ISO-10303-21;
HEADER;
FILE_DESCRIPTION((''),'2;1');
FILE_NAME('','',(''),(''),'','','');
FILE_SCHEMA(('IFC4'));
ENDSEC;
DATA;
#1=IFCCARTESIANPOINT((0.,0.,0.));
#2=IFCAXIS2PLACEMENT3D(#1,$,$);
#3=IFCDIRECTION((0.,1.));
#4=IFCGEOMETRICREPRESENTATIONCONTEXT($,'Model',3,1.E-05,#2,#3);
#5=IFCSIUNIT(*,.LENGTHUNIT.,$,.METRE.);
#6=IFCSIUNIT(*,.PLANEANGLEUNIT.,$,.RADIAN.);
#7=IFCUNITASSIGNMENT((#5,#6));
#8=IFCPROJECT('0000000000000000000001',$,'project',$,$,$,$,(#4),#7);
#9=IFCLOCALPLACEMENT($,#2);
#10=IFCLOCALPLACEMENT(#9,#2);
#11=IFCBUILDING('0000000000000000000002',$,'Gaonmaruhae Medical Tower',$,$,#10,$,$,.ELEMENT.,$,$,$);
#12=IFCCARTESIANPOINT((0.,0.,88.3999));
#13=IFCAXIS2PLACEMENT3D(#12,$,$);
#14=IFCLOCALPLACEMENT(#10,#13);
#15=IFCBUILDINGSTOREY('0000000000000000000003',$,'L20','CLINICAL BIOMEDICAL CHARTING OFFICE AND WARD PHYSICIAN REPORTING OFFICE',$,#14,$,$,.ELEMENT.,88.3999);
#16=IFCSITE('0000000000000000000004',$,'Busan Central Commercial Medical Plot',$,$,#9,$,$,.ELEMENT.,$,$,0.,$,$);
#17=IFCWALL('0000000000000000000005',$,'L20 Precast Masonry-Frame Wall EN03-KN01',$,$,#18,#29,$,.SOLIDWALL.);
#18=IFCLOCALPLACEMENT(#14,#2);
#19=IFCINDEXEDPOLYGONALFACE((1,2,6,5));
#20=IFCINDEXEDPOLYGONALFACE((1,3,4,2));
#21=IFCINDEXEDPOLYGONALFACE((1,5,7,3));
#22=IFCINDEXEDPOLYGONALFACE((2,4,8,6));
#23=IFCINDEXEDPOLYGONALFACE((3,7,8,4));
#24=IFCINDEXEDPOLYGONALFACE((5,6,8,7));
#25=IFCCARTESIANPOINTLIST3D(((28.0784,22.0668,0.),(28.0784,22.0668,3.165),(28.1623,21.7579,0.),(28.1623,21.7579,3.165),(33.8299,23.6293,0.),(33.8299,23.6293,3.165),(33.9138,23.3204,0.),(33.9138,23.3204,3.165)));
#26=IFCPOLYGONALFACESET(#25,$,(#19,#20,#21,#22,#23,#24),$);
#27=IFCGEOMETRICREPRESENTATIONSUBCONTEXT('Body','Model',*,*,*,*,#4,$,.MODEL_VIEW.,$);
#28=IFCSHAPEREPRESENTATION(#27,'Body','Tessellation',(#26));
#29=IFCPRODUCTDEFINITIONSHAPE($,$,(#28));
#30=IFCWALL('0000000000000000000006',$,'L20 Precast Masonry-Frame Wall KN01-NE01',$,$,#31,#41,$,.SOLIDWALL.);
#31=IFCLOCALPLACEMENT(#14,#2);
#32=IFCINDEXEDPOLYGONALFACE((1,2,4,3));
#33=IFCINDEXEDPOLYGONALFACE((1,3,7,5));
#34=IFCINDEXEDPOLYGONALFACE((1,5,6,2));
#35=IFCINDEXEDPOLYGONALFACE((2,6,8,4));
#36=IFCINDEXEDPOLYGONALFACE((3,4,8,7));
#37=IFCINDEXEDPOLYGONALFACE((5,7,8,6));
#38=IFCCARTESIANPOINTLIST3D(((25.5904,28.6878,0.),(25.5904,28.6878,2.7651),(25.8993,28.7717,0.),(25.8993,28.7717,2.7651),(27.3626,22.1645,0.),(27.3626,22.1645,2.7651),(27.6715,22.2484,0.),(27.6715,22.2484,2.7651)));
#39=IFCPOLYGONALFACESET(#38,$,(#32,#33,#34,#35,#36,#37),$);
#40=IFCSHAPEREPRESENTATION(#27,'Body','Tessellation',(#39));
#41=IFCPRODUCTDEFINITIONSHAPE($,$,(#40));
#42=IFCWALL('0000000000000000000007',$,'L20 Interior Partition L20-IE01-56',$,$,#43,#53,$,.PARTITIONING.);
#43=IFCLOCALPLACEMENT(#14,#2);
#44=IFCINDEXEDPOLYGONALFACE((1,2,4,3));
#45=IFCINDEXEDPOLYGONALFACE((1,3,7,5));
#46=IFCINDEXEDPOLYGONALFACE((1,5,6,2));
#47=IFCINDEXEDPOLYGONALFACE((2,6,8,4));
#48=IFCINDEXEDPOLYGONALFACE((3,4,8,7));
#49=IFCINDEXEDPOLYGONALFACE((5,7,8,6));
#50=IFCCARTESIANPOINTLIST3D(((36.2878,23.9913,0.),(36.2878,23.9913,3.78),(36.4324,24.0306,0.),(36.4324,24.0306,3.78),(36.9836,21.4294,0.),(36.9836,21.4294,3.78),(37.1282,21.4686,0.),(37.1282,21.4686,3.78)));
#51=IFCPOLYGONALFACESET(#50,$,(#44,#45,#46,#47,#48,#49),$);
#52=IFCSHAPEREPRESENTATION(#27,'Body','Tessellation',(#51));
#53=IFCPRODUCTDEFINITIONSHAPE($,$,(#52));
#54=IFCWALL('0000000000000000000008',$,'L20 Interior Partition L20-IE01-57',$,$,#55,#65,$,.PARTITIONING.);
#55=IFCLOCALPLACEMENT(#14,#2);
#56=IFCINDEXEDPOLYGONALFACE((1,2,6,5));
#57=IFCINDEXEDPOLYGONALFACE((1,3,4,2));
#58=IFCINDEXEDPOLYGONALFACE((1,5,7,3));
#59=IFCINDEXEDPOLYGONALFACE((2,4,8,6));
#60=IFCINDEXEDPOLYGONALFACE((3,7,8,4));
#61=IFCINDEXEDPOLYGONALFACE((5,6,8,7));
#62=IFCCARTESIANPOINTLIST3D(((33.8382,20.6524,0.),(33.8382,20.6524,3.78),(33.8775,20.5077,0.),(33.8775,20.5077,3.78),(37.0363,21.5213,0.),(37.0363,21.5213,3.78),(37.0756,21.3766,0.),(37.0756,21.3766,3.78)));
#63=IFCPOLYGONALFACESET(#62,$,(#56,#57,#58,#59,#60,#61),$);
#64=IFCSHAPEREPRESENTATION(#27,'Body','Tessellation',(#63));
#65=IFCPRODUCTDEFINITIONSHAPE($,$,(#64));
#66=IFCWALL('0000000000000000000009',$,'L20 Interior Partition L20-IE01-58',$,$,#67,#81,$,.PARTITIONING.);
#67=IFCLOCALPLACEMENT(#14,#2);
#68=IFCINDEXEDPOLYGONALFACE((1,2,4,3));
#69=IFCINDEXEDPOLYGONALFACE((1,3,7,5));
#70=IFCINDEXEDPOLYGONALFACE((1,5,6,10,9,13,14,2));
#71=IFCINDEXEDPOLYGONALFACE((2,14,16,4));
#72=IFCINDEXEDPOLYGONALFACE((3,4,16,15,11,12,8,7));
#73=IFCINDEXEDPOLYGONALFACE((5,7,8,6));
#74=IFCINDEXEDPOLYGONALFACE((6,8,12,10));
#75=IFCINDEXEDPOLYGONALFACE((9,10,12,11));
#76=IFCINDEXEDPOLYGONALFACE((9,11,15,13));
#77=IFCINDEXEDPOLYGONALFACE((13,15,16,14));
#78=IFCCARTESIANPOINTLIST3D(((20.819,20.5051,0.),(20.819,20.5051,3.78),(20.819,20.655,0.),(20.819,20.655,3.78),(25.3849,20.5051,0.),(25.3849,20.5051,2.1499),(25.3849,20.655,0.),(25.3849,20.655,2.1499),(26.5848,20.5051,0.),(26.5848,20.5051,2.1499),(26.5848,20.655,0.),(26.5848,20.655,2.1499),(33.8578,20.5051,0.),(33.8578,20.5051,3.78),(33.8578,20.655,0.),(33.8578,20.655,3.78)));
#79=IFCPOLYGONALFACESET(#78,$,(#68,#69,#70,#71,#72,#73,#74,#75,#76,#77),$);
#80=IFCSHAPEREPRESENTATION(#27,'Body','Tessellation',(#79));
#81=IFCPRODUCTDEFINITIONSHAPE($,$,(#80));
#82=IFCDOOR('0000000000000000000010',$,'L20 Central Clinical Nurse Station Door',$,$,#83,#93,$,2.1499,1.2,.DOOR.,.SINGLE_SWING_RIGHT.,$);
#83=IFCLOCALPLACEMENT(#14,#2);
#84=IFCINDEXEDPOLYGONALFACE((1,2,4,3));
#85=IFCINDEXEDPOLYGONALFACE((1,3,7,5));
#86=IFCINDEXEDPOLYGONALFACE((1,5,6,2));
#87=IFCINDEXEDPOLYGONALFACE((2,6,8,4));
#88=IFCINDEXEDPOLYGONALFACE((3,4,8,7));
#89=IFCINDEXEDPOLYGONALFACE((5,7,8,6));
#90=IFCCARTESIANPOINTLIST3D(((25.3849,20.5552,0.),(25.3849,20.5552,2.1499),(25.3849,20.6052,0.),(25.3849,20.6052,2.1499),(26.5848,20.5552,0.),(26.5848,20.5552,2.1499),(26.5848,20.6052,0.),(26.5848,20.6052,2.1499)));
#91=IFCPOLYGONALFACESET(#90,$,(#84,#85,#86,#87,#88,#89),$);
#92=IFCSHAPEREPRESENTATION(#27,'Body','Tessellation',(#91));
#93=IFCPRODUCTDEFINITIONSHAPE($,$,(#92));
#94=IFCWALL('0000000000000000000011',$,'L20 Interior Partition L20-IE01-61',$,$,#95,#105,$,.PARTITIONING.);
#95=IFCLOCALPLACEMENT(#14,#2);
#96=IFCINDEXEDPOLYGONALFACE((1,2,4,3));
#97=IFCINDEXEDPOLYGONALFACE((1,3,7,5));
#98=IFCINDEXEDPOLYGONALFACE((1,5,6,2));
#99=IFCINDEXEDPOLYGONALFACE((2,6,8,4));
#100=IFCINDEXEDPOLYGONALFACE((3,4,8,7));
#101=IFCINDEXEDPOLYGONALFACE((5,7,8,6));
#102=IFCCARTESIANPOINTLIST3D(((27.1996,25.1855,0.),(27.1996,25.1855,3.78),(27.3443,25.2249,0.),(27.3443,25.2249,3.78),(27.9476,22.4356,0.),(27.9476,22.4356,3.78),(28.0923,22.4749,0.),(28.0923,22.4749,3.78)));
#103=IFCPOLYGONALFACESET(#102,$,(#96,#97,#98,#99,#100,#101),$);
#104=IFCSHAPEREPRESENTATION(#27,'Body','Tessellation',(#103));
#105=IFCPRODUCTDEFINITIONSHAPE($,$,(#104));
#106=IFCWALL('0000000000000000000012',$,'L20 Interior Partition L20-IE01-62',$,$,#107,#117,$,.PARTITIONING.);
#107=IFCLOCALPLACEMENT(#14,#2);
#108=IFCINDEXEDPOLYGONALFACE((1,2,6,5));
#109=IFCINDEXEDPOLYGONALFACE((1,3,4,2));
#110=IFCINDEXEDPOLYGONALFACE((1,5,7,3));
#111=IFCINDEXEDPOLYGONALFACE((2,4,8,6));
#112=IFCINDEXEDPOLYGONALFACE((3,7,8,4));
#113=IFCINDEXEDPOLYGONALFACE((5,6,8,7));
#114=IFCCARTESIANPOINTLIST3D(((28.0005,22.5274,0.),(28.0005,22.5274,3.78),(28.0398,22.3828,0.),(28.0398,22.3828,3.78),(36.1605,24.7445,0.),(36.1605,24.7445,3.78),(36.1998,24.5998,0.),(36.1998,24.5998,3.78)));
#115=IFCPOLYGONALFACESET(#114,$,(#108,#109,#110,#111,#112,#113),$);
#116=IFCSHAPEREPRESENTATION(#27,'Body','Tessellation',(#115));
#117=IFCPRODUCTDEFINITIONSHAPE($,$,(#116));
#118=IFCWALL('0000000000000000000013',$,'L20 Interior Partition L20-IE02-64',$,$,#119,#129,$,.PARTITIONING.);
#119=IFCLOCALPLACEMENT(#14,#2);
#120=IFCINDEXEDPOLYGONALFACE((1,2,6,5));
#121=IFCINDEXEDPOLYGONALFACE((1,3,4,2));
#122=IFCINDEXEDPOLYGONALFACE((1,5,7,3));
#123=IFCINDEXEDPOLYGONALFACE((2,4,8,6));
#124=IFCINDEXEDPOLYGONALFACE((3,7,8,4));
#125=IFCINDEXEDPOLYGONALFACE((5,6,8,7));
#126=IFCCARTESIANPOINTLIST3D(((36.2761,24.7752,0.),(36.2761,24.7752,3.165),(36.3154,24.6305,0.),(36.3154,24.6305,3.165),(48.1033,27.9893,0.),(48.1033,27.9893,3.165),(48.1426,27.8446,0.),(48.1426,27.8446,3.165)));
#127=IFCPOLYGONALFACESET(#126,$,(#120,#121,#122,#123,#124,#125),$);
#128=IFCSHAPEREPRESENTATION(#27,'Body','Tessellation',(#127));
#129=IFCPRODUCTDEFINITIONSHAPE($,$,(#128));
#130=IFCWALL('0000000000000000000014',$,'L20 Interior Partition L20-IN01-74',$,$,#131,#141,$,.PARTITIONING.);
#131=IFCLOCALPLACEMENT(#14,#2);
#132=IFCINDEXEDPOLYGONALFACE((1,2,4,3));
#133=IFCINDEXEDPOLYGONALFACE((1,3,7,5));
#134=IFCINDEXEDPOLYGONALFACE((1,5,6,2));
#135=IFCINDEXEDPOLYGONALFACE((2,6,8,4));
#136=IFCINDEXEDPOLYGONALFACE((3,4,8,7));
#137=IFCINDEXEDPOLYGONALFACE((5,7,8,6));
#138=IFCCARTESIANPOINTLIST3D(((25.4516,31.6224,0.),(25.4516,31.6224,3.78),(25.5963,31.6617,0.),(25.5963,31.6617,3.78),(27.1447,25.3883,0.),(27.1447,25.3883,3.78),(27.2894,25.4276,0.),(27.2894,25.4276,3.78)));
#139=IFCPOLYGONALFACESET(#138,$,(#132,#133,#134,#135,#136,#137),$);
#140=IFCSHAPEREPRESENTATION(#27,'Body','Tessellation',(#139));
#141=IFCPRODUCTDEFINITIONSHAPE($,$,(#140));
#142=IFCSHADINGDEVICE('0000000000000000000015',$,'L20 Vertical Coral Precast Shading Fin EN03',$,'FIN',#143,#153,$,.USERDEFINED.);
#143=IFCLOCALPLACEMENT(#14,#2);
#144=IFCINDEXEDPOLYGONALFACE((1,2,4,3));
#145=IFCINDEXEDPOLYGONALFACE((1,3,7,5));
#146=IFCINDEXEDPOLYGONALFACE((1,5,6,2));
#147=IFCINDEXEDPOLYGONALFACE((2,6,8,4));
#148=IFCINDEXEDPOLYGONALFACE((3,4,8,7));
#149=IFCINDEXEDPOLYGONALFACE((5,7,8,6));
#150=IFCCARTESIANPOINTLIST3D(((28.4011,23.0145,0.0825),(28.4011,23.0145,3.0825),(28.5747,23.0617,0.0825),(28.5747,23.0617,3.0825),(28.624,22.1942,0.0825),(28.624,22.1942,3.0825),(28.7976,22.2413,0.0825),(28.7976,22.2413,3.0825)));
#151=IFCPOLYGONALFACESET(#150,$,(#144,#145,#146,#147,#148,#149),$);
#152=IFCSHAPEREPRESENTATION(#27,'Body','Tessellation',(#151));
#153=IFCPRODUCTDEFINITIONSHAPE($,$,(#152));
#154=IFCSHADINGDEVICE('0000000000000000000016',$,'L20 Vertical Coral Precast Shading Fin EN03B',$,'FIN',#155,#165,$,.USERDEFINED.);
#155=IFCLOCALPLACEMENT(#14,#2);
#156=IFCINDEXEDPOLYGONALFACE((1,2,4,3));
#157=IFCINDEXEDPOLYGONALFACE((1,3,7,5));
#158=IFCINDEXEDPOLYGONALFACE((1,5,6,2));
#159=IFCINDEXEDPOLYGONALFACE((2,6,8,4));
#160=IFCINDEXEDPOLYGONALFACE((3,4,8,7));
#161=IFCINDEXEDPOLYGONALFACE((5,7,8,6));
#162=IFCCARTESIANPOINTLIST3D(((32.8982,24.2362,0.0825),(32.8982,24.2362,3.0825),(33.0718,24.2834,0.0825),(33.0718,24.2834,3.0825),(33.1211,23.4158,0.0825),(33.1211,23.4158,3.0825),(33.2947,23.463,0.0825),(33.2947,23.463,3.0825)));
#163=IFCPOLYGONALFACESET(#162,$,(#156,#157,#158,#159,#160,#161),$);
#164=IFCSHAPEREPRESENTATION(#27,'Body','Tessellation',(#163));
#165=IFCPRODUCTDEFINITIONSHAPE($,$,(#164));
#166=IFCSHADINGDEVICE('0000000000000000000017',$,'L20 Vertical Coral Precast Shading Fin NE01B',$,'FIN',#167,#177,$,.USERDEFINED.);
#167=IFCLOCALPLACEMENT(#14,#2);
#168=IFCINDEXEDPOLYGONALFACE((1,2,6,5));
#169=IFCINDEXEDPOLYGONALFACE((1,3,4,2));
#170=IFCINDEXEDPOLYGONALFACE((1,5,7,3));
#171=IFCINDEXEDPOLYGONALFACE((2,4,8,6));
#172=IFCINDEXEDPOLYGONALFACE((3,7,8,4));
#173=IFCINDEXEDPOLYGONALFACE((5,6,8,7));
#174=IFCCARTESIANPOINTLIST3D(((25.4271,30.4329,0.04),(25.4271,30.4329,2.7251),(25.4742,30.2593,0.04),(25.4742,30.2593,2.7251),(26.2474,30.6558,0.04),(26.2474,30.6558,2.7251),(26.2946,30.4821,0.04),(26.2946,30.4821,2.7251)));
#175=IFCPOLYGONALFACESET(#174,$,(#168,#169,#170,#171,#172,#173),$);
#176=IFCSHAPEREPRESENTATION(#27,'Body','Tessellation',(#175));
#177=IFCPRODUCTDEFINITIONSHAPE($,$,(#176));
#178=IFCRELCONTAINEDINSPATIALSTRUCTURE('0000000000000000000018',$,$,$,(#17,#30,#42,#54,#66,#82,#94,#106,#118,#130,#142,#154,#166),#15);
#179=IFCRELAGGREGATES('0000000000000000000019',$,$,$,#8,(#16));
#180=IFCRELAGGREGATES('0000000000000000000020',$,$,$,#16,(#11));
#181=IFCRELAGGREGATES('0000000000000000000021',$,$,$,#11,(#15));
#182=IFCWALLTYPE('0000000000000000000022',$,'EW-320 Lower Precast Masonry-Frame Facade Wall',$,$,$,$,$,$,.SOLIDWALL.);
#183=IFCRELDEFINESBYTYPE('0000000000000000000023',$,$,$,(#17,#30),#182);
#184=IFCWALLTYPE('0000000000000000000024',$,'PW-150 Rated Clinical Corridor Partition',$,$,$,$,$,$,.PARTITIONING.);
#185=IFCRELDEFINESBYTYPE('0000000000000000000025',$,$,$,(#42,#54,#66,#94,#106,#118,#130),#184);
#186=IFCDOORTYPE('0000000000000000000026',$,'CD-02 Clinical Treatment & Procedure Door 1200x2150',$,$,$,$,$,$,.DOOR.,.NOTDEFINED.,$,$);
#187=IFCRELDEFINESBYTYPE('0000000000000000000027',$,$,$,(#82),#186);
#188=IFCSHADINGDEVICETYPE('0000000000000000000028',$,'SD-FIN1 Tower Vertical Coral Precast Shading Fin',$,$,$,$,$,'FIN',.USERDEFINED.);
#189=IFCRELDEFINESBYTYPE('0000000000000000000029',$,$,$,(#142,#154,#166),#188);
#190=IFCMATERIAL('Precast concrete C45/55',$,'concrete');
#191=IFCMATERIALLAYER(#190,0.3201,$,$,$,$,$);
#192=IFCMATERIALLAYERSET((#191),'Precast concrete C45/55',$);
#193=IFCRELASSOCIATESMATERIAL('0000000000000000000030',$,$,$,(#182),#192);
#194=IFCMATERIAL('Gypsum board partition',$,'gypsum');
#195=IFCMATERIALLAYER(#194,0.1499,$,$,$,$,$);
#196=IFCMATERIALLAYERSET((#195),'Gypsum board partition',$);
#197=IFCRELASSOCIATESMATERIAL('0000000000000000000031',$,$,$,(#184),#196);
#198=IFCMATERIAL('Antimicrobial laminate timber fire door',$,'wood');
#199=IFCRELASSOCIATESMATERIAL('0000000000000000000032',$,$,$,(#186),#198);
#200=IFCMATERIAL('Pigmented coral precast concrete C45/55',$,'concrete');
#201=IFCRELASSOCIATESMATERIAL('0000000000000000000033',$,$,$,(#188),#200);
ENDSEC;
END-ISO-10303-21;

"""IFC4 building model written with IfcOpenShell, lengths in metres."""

from ifc_helpers import new_model, si_unit, direction, frame, frame_2d, origin, origin_2d, place, context, subcontext, project, spatial, rectangle, extrude, material, layer, layer_set, type_object, element, fill, save


model = new_model("IFC4")

# Units and contexts
model_context = context("Model", 3, precision=1e-05, world=origin(), true_north=direction((0.0, 1.0)))
body_context = subcontext(model_context, "Body", "Model", "MODEL_VIEW")
ifc_project = project(units=[si_unit("LENGTHUNIT", "METRE"), si_unit("PLANEANGLEUNIT", "RADIAN")], contexts=[model_context])

# Site, building, storey
site_placement = place(None, origin())
site = spatial("IfcSite", under=ifc_project, at=site_placement, Name="Busan Central Commercial Medical Plot", CompositionType="ELEMENT", RefElevation=0.0)
building_placement = place(site_placement, origin())
building = spatial("IfcBuilding", under=site, at=building_placement, Name="Gaonmaruhae Medical Tower", CompositionType="ELEMENT")
storey_placement = place(building_placement, frame((0.0, 0.0, 88.3999)))
storey = spatial("IfcBuildingStorey", under=building, at=storey_placement, Name="L20", Description="CLINICAL BIOMEDICAL CHARTING OFFICE AND WARD PHYSICIAN REPORTING OFFICE", CompositionType="ELEMENT", Elevation=88.3999)

# Shared definitions
ifc_material_1 = material(Name="Precast concrete C45/55", Category="concrete")
ifc_layer_1 = layer(ifc_material_1, 0.3201)
ifc_layer_set_1 = layer_set([ifc_layer_1], Name="Precast concrete C45/55")
wall_type_1 = type_object("IfcWallType", Name="EW-320 Lower Precast Masonry-Frame Facade Wall", PredefinedType="SOLIDWALL", material=ifc_layer_set_1)

# Walls
wall_1_placement = place(storey_placement, frame((28.1204, 21.9124, 0.0), z_axis=(0.0, 0.0, 1.0), x_axis=(0.965022, 0.262168, 0.0)))
element("IfcWall", 1, at=wall_1_placement, inside=storey, type_object=wall_type_1, Name="L20 Precast Masonry-Frame Wall EN03-KN01", PredefinedType="SOLIDWALL", context=body_context, shape_type="SweptSolid", body=[
    extrude(rectangle(XDim=5.96, YDim=0.3201, at=frame_2d((2.98, 0.0))), origin(), (0.0, 0.0, 1.0), 3.165),
])
wall_2_placement = place(storey_placement, frame((25.7449, 28.7297, 0.0), z_axis=(0.0, 0.0, 1.0), x_axis=(0.262167, -0.965023, 0.0)))
element("IfcWall", 2, at=wall_2_placement, inside=storey, type_object=wall_type_1, Name="L20 Precast Masonry-Frame Wall KN01-NE01", PredefinedType="SOLIDWALL", context=body_context, shape_type="SweptSolid", body=[
    extrude(rectangle(XDim=6.7598, YDim=0.3201, at=frame_2d((3.3799, 0.0))), origin(), (0.0, 0.0, 1.0), 2.7651),
])

# Shared definitions
ifc_material_2 = material(Name="Gypsum board partition", Category="gypsum")
ifc_layer_2 = layer(ifc_material_2, 0.1499)
ifc_layer_set_2 = layer_set([ifc_layer_2], Name="Gypsum board partition")
wall_type_2 = type_object("IfcWallType", Name="PW-150 Rated Clinical Corridor Partition", PredefinedType="PARTITIONING", material=ifc_layer_set_2)
ifc_material_3 = material(Name="Antimicrobial laminate timber fire door", Category="wood")
door_type = type_object("IfcDoorType", Name="CD-02 Clinical Treatment & Procedure Door 1200x2150", OperationType="NOTDEFINED", PredefinedType="DOOR", material=ifc_material_3)

# Walls
wall_3_placement = place(storey_placement, frame((36.3601, 24.011, 0.0), z_axis=(0.0, 0.0, 1.0), x_axis=(0.26209, -0.965043, 0.0)))
element("IfcWall", 3, at=wall_3_placement, inside=storey, type_object=wall_type_2, Name="L20 Interior Partition L20-IE01-56", PredefinedType="PARTITIONING", context=body_context, shape_type="SweptSolid", body=[
    extrude(rectangle(XDim=2.6548, YDim=0.1499, at=frame_2d((1.3274, 0.0))), origin(), (0.0, 0.0, 1.0), 3.78),
])
wall_4_placement = place(storey_placement, frame((37.0559, 21.449, 0.0), z_axis=(0.0, 0.0, 1.0), x_axis=(-0.965015, -0.262195, 0.0)))
element("IfcWall", 4, at=wall_4_placement, inside=storey, type_object=wall_type_2, Name="L20 Interior Partition L20-IE01-57", PredefinedType="PARTITIONING", context=body_context, shape_type="SweptSolid", body=[
    extrude(rectangle(XDim=3.314, YDim=0.1499, at=frame_2d((1.657, 0.0))), origin(), (0.0, 0.0, 1.0), 3.78),
])

# Wall, opening, door
wall_5_placement = place(storey_placement, frame((33.8579, 20.5801, 0.0), z_axis=(0.0, 0.0, 1.0), x_axis=(-1.0, 0.0, 0.0)))
wall_5 = element("IfcWall", 5, at=wall_5_placement, inside=storey, type_object=wall_type_2, Name="L20 Interior Partition L20-IE01-58", PredefinedType="PARTITIONING", context=body_context, shape_type="SweptSolid", body=[
    extrude(rectangle(XDim=13.0388, YDim=0.1499, at=frame_2d((6.5195, 0.0))), origin(), (0.0, 0.0, 1.0), 3.78),
])
opening_1_placement = place(wall_5_placement, frame((7.2729, 0.0, 0.0)))
opening_1 = element("IfcOpeningElement", 6, at=opening_1_placement, cuts=wall_5, PredefinedType="OPENING", context=body_context, shape_type="SweptSolid", body=[
    extrude(rectangle(XDim=1.2, YDim=2.1499, at=frame_2d((0.6001, 1.075))), frame((0.0, 0.085, 0.0), z_axis=(0.0, -1.0, 0.0), x_axis=(1.0, 0.0, 0.0)), (0.0, 0.0, 1.0), 0.1699),
])
door_1_placement = place(opening_1_placement, origin())
door_1 = element("IfcDoor", 7, at=door_1_placement, inside=storey, type_object=door_type, Name="L20 Central Clinical Nurse Station Door", OperationType="SINGLE_SWING_RIGHT", OverallHeight=2.1499, OverallWidth=1.2, PredefinedType="DOOR", context=body_context, shape_type="SweptSolid", body=[
    extrude(rectangle(XDim=1.2, YDim=2.1499, at=frame_2d((0.6001, 1.075))), frame((0.0, 0.0249, 0.0), z_axis=(0.0, -1.0, 0.0), x_axis=(1.0, 0.0, 0.0)), (0.0, 0.0, 1.0), 0.05),
])
fill(opening_1, door_1)

# Walls
wall_6_placement = place(storey_placement, frame((27.272, 25.2051, 0.0), z_axis=(0.0, 0.0, 1.0), x_axis=(0.262479, -0.964938, 0.0)))
element("IfcWall", 8, at=wall_6_placement, inside=storey, type_object=wall_type_2, Name="L20 Interior Partition L20-IE01-61", PredefinedType="PARTITIONING", context=body_context, shape_type="SweptSolid", body=[
    extrude(rectangle(XDim=2.8499, YDim=0.1499, at=frame_2d((1.4248, 0.0))), origin(), (0.0, 0.0, 1.0), 3.78),
])
wall_7_placement = place(storey_placement, frame((28.02, 22.4551, 0.0), z_axis=(0.0, 0.0, 1.0), x_axis=(0.965015, 0.262194, 0.0)))
element("IfcWall", 9, at=wall_7_placement, inside=storey, type_object=wall_type_2, Name="L20 Interior Partition L20-IE01-62", PredefinedType="PARTITIONING", context=body_context, shape_type="SweptSolid", body=[
    extrude(rectangle(XDim=8.4558, YDim=0.1499, at=frame_2d((4.228, 0.0))), origin(), (0.0, 0.0, 1.0), 3.78),
])
wall_8_placement = place(storey_placement, frame((36.2959, 24.7029, 0.0), z_axis=(0.0, 0.0, 1.0), x_axis=(0.965001, 0.262246, 0.0)))
element("IfcWall", 10, at=wall_8_placement, inside=storey, type_object=wall_type_2, Name="L20 Interior Partition L20-IE02-64", PredefinedType="PARTITIONING", context=body_context, shape_type="SweptSolid", body=[
    extrude(rectangle(XDim=12.2561, YDim=0.1499, at=frame_2d((6.1279, 0.0))), origin(), (0.0, 0.0, 1.0), 3.165),
])
wall_9_placement = place(storey_placement, frame((25.5239, 31.6421, 0.0), z_axis=(0.0, 0.0, 1.0), x_axis=(0.262094, -0.965042, 0.0)))
element("IfcWall", 11, at=wall_9_placement, inside=storey, type_object=wall_type_2, Name="L20 Interior Partition L20-IN01-74", PredefinedType="PARTITIONING", context=body_context, shape_type="SweptSolid", body=[
    extrude(rectangle(XDim=6.46, YDim=0.1499, at=frame_2d((3.23, 0.0))), origin(), (0.0, 0.0, 1.0), 3.78),
])

# Shading devices
ifc_material_4 = material(Name="Pigmented coral precast concrete C45/55", Category="concrete")
shading_device_type = type_object("IfcShadingDeviceType", Name="SD-FIN1 Tower Vertical Coral Precast Shading Fin", ElementType="FIN", PredefinedType="USERDEFINED", material=ifc_material_4)
for number, where, z_axis, x_axis, name in (
    (12, (28.5994, 22.6279, 0.0825), (0.0, 0.0, 1.0), (0.965021, 0.262172, 0.0), "L20 Vertical Coral Precast Shading Fin EN03"),
    (13, (33.0964, 23.8496, 0.0825), (0.0, 0.0, 1.0), (0.965021, 0.262172, 0.0), "L20 Vertical Coral Precast Shading Fin EN03B"),
):
    element("IfcShadingDevice", number, at=place(storey_placement, frame(where, z_axis=z_axis, x_axis=x_axis)), inside=storey, type_object=shading_device_type, Name=name, ObjectType="FIN", PredefinedType="USERDEFINED", context=body_context, shape_type="SweptSolid", body=[
        extrude(rectangle(XDim=0.1799, YDim=0.8501, at=origin_2d()), origin(), (0.0, 0.0, 1.0), 3.0),
    ])
shading_device_placement = place(storey_placement, frame((25.8608, 30.4575, 0.04), z_axis=(0.0, 0.0, 1.0), x_axis=(0.262189, -0.965016, 0.0)))
element("IfcShadingDevice", 14, at=shading_device_placement, inside=storey, type_object=shading_device_type, Name="L20 Vertical Coral Precast Shading Fin NE01B", ObjectType="FIN", PredefinedType="USERDEFINED", context=body_context, shape_type="SweptSolid", body=[
    extrude(rectangle(XDim=0.1799, YDim=0.8501, at=origin_2d()), origin(), (0.0, 0.0, 1.0), 2.6851),
])

save(model, "model.ifc")
